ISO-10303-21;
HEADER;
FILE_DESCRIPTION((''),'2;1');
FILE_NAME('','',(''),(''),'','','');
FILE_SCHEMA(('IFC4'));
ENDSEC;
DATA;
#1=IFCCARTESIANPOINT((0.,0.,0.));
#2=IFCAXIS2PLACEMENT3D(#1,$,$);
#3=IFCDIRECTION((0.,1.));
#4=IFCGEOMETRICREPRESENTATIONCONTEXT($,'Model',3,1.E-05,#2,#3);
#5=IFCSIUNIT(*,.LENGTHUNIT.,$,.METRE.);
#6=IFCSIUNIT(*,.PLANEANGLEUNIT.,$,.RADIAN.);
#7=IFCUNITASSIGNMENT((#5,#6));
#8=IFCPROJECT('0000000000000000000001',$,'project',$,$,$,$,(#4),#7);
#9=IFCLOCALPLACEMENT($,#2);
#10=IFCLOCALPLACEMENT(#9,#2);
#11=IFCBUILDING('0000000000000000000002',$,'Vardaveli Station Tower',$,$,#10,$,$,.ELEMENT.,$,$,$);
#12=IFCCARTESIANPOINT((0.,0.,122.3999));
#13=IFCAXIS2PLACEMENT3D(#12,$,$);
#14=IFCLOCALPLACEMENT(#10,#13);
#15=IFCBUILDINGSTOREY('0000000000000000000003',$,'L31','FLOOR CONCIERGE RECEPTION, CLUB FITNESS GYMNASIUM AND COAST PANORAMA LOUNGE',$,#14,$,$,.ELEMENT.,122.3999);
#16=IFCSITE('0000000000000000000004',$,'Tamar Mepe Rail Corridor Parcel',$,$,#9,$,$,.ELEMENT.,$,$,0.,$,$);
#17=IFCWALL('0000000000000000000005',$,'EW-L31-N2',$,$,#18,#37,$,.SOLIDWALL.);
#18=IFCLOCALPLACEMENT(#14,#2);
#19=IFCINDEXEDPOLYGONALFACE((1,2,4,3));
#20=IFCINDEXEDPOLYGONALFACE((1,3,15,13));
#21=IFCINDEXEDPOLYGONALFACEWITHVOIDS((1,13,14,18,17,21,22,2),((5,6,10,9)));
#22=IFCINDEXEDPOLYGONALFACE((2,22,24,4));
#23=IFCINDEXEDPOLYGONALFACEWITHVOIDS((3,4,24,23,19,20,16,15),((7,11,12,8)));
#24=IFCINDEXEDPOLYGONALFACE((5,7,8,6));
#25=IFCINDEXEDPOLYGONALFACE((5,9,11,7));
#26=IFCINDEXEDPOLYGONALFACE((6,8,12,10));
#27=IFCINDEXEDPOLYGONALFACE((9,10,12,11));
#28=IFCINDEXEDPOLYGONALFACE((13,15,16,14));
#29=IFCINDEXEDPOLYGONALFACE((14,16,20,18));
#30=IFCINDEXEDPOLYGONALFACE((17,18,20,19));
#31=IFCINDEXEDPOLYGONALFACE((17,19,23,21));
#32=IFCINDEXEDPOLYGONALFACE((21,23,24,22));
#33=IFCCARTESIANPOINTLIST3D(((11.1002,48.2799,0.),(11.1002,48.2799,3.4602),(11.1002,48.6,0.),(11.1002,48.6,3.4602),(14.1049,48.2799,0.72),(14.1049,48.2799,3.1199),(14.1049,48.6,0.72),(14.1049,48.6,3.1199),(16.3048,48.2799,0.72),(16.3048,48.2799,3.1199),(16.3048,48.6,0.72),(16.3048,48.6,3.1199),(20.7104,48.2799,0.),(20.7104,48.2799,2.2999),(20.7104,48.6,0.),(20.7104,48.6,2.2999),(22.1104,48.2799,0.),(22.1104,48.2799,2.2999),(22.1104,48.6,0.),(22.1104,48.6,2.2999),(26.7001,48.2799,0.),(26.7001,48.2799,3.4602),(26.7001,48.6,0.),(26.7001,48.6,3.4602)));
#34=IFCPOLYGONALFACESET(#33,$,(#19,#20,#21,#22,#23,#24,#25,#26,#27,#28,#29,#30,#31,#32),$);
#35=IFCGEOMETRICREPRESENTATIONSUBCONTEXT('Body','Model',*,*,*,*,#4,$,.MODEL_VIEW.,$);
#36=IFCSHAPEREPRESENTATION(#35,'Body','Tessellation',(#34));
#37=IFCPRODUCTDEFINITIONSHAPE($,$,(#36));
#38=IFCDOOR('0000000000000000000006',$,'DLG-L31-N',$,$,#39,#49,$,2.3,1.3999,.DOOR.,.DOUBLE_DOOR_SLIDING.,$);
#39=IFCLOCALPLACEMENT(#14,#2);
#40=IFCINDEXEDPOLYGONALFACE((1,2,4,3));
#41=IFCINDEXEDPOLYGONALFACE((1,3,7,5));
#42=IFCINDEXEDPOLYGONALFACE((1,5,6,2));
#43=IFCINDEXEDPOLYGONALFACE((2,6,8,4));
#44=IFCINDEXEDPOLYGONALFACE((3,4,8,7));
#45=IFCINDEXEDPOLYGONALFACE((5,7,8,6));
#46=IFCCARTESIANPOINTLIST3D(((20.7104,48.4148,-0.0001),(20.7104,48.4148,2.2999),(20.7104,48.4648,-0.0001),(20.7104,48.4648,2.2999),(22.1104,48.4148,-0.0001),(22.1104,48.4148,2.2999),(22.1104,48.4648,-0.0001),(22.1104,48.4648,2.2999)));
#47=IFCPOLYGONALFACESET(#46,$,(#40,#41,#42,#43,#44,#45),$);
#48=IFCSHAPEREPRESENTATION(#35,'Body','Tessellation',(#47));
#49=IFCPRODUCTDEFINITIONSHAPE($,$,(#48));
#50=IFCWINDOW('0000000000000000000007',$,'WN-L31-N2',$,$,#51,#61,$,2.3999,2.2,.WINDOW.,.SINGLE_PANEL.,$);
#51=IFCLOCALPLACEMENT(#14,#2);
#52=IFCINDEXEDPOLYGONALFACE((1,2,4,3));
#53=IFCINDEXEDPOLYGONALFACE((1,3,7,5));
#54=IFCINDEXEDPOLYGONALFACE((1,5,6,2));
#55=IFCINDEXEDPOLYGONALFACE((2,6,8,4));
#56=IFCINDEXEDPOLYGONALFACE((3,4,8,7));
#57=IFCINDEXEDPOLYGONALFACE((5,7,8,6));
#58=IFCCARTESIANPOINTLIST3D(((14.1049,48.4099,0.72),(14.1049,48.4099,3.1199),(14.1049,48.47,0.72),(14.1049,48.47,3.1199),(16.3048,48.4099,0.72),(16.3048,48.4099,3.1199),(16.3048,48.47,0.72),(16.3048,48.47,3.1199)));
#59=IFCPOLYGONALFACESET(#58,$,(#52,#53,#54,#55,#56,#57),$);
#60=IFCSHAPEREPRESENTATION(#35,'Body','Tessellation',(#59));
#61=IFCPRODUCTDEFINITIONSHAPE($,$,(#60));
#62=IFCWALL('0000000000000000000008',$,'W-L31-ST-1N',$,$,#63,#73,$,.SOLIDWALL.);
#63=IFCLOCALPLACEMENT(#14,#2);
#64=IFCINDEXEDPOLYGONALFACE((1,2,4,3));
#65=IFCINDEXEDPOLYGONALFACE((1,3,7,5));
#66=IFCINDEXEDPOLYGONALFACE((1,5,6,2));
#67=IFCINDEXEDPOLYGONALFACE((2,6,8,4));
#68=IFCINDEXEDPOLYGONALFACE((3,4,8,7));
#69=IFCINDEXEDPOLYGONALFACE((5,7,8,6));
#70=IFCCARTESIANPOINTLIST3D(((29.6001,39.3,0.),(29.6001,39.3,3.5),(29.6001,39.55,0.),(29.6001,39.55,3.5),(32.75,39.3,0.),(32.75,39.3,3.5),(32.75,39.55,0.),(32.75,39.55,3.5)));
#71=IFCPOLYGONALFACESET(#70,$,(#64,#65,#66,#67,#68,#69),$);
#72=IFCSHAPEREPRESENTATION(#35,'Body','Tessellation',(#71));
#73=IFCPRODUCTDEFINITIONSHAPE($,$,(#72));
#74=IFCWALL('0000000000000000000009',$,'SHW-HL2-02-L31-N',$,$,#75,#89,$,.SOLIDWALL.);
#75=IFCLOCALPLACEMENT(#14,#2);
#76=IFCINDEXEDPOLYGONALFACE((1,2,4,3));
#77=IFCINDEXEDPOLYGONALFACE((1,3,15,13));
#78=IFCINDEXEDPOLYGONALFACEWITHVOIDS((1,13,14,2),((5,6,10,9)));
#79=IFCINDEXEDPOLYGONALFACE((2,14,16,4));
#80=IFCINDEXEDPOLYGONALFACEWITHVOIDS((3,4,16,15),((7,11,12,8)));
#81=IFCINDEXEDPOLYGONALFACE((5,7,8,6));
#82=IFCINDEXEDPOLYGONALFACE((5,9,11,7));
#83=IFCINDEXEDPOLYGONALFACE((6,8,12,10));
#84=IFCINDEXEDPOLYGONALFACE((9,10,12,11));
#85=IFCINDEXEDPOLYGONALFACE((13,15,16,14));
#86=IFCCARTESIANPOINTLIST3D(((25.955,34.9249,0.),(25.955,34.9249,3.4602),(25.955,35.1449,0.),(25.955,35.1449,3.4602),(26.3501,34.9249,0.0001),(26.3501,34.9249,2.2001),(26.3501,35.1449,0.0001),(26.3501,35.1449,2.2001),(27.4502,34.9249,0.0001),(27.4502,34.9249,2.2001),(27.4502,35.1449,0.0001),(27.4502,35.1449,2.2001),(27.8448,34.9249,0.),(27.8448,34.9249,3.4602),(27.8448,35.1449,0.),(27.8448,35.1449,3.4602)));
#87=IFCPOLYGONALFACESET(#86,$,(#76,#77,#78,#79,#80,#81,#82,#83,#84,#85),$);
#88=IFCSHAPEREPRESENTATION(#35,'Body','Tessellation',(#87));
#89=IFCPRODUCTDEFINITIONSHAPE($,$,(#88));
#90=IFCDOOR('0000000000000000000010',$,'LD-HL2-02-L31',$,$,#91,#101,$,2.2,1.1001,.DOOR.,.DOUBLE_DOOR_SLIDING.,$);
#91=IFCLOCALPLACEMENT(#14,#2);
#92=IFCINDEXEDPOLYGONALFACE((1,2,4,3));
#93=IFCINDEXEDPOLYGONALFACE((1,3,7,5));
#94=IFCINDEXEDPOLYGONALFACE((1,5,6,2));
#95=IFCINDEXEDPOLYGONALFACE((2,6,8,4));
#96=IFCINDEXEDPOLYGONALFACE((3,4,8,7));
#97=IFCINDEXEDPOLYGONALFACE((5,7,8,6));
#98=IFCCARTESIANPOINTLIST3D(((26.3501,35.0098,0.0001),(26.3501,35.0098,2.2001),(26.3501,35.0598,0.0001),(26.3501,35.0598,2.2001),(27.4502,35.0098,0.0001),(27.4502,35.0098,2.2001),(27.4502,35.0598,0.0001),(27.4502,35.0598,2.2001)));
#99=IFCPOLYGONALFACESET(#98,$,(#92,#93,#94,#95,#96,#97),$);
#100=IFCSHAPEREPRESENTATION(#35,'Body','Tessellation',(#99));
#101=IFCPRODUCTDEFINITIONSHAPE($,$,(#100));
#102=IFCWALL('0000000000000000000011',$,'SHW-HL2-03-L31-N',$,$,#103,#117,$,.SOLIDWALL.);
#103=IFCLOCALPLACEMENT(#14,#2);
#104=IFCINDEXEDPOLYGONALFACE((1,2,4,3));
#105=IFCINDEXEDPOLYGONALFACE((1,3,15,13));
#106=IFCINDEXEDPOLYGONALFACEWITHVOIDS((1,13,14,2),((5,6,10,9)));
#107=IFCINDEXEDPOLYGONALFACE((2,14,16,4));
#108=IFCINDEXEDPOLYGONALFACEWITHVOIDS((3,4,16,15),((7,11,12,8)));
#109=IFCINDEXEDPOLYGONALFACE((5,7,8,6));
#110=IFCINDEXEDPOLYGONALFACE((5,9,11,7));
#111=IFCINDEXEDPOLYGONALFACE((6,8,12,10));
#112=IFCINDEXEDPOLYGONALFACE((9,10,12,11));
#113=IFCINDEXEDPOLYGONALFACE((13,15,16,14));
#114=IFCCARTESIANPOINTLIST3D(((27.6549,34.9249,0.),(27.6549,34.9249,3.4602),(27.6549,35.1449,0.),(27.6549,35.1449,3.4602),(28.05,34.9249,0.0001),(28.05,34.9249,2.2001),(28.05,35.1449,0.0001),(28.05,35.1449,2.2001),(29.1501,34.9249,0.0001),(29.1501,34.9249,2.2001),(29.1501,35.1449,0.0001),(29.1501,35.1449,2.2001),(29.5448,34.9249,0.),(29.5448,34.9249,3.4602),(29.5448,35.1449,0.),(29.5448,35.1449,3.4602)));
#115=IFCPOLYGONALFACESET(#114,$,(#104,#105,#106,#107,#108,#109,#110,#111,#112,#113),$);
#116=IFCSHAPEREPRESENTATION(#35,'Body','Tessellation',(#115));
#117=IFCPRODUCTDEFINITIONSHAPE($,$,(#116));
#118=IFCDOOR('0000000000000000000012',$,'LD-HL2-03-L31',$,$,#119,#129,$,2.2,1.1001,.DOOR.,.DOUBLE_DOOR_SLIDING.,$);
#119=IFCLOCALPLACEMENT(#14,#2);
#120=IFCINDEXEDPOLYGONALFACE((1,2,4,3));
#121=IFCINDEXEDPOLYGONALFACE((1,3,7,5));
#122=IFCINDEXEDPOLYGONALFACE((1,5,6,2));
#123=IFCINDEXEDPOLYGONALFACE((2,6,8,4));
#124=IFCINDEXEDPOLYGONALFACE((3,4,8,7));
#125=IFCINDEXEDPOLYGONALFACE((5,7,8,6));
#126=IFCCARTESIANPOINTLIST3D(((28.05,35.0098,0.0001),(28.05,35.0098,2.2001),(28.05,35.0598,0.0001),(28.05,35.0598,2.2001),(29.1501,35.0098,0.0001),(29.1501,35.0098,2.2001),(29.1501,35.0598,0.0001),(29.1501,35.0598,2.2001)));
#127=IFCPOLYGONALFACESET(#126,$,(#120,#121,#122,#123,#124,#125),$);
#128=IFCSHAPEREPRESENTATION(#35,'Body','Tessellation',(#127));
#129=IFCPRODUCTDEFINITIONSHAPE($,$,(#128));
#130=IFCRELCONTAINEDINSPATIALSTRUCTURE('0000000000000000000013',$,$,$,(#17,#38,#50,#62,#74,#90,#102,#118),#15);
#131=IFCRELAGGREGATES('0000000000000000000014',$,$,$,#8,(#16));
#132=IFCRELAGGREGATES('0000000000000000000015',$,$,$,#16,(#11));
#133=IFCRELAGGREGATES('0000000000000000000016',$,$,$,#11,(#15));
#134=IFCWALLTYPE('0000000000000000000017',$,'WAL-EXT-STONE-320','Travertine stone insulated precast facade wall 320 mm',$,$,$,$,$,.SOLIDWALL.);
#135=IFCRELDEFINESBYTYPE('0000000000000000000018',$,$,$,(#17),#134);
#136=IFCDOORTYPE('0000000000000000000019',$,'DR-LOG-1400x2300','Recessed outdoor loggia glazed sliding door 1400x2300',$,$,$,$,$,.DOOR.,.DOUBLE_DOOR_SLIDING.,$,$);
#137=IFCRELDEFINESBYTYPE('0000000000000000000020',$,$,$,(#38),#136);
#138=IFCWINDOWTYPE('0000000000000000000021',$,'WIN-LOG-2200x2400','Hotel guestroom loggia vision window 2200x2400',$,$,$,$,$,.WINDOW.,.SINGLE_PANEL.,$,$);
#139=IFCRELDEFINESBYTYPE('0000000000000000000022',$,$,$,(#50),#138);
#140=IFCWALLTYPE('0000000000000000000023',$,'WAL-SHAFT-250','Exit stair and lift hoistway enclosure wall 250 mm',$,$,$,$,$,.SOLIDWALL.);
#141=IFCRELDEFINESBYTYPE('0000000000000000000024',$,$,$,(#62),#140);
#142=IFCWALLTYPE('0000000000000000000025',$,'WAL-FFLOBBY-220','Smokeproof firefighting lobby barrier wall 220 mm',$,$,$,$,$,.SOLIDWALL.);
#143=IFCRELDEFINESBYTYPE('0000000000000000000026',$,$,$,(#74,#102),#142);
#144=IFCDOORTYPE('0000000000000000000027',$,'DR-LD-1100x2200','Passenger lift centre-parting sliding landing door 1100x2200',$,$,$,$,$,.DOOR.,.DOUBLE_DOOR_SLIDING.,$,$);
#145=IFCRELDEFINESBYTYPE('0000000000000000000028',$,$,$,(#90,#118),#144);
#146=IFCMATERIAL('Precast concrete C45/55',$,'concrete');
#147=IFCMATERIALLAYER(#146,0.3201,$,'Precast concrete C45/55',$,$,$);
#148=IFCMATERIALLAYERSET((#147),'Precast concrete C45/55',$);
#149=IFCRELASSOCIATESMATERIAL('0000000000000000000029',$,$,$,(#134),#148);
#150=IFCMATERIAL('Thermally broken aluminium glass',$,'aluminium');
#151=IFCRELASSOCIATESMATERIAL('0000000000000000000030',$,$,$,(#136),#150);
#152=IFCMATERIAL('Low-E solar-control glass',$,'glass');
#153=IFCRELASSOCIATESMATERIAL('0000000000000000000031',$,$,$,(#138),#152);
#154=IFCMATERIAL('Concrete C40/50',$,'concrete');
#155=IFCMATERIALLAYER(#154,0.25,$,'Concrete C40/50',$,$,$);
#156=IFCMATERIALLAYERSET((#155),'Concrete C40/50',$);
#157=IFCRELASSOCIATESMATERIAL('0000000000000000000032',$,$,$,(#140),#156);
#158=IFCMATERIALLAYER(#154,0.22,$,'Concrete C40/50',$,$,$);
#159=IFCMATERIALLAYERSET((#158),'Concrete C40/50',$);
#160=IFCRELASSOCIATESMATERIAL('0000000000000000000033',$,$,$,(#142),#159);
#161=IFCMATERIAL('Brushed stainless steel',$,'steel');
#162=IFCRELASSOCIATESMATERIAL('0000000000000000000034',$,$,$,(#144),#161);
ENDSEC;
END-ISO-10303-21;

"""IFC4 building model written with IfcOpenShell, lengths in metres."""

from ifc_helpers import new_model, si_unit, direction, frame, frame_2d, origin, place, context, subcontext, project, spatial, rectangle, extrude, source, transform, mapped, material, layer, layer_set, type_object, element, fill, save


model = new_model("IFC4")

# Units and contexts
model_context = context("Model", 3, precision=1e-05, world=origin(), true_north=direction((0.0, 1.0)))
body_context = subcontext(model_context, "Body", "Model", "MODEL_VIEW")
ifc_project = project(units=[si_unit("LENGTHUNIT", "METRE"), si_unit("PLANEANGLEUNIT", "RADIAN")], contexts=[model_context])

# Site, building, storey
site_placement = place(None, origin())
site = spatial("IfcSite", under=ifc_project, at=site_placement, Name="Tamar Mepe Rail Corridor Parcel", CompositionType="ELEMENT", RefElevation=0.0)
building_placement = place(site_placement, origin())
building = spatial("IfcBuilding", under=site, at=building_placement, Name="Vardaveli Station Tower", CompositionType="ELEMENT")
storey_placement = place(building_placement, frame((0.0, 0.0, 122.3999)))
storey = spatial("IfcBuildingStorey", under=building, at=storey_placement, Name="L31", Description="FLOOR CONCIERGE RECEPTION, CLUB FITNESS GYMNASIUM AND COAST PANORAMA LOUNGE", CompositionType="ELEMENT", Elevation=122.3999)

# Shared definitions
ifc_material_1 = material(Name="Precast concrete C45/55", Category="concrete")

# Wall, openings, door, window
ifc_layer_1 = layer(ifc_material_1, 0.3201, Name="Precast concrete C45/55")
ifc_layer_set_1 = layer_set([ifc_layer_1], Name="Precast concrete C45/55")
wall_type_1 = type_object("IfcWallType", Name="WAL-EXT-STONE-320", Description="Travertine stone insulated precast facade wall 320 mm", PredefinedType="SOLIDWALL", material=ifc_layer_set_1)
shared_shape_1 = source(origin(), body_context, "Body", "SweptSolid", [
    extrude(rectangle(XDim=15.5999, YDim=0.3201, at=frame_2d((7.7998, 0.0))), origin(), (0.0, 0.0, 1.0), 3.4602),
])
wall_1_placement = place(storey_placement, frame((26.7, 48.4399, 0.0), z_axis=(0.0, 0.0, 1.0), x_axis=(-1.0, 0.0, 0.0)))
wall_1 = element("IfcWall", 1, at=wall_1_placement, inside=storey, type_object=wall_type_1, Name="EW-L31-N2", PredefinedType="SOLIDWALL", context=body_context, shape_type="MappedRepresentation", body=[
    mapped(shared_shape_1, transform((0.0, 0.0, 0.0), scale=1.0)),
])
shared_shape_2 = source(origin(), body_context, "Body", "SweptSolid", [
    extrude(rectangle(XDim=1.3999, YDim=2.3, at=frame_2d((0.7, 1.1499))), frame((0.0, 0.1699, 0.0), z_axis=(0.0, -1.0, 0.0), x_axis=(1.0, 0.0, 0.0)), (0.0, 0.0, 1.0), 0.3401),
])
opening_1_placement = place(wall_1_placement, frame((4.5896, 0.0, 0.0)))
opening_1 = element("IfcOpeningElement", 2, at=opening_1_placement, cuts=wall_1, PredefinedType="OPENING", context=body_context, shape_type="MappedRepresentation", body=[
    mapped(shared_shape_2, transform((0.0, 0.0, 0.0), scale=1.0)),
])
shared_shape_3 = source(origin(), body_context, "Body", "SweptSolid", [
    extrude(rectangle(XDim=2.2, YDim=2.3999, at=frame_2d((1.1001, 1.2))), frame((0.0, 0.1699, 0.0), z_axis=(0.0, -1.0, 0.0), x_axis=(1.0, 0.0, 0.0)), (0.0, 0.0, 1.0), 0.3401),
])
opening_2_placement = place(wall_1_placement, frame((10.395, 0.0, 0.72)))
opening_2 = element("IfcOpeningElement", 3, at=opening_2_placement, cuts=wall_1, PredefinedType="OPENING", context=body_context, shape_type="MappedRepresentation", body=[
    mapped(shared_shape_3, transform((0.0, 0.0, 0.0), scale=1.0)),
])
ifc_material_2 = material(Name="Thermally broken aluminium glass", Category="aluminium")
door_type_1 = type_object("IfcDoorType", Name="DR-LOG-1400x2300", Description="Recessed outdoor loggia glazed sliding door 1400x2300", OperationType="DOUBLE_DOOR_SLIDING", PredefinedType="DOOR", material=ifc_material_2)
shared_shape_4 = source(origin(), body_context, "Body", "SweptSolid", [
    extrude(rectangle(XDim=1.3999, YDim=2.3, at=frame_2d((0.7, 1.1499))), frame((0.0, 0.0249, 0.0), z_axis=(0.0, -1.0, 0.0), x_axis=(1.0, 0.0, 0.0)), (0.0, 0.0, 1.0), 0.05),
])
door_1_placement = place(opening_1_placement, frame((1.3999, 0.0, 0.0), z_axis=(0.0, 0.0, 1.0), x_axis=(-1.0, 0.0, 0.0)))
door_1 = element("IfcDoor", 4, at=door_1_placement, inside=storey, type_object=door_type_1, Name="DLG-L31-N", OperationType="DOUBLE_DOOR_SLIDING", OverallHeight=2.3, OverallWidth=1.3999, PredefinedType="DOOR", context=body_context, shape_type="MappedRepresentation", body=[
    mapped(shared_shape_4, transform((0.0, 0.0, 0.0), scale=1.0)),
])
fill(opening_1, door_1)
ifc_material_3 = material(Name="Low-E solar-control glass", Category="glass")
window_type = type_object("IfcWindowType", Name="WIN-LOG-2200x2400", Description="Hotel guestroom loggia vision window 2200x2400", PartitioningType="SINGLE_PANEL", PredefinedType="WINDOW", material=ifc_material_3)
shared_shape_5 = source(origin(), body_context, "Body", "SweptSolid", [
    extrude(rectangle(XDim=2.2, YDim=2.3999, at=frame_2d((1.1001, 1.2))), frame((0.0, 0.03, 0.0), z_axis=(0.0, -1.0, 0.0), x_axis=(1.0, 0.0, 0.0)), (0.0, 0.0, 1.0), 0.0601),
])
window_placement = place(opening_2_placement, origin())
window = element("IfcWindow", 5, at=window_placement, inside=storey, type_object=window_type, Name="WN-L31-N2", OverallHeight=2.3999, OverallWidth=2.2, PartitioningType="SINGLE_PANEL", PredefinedType="WINDOW", context=body_context, shape_type="MappedRepresentation", body=[
    mapped(shared_shape_5, transform((0.0, 0.0, 0.0), scale=1.0)),
])
fill(opening_2, window)

# Wall
ifc_material_4 = material(Name="Concrete C40/50", Category="concrete")
ifc_layer_2 = layer(ifc_material_4, 0.25, Name="Concrete C40/50")
ifc_layer_set_2 = layer_set([ifc_layer_2], Name="Concrete C40/50")
wall_type_2 = type_object("IfcWallType", Name="WAL-SHAFT-250", Description="Exit stair and lift hoistway enclosure wall 250 mm", PredefinedType="SOLIDWALL", material=ifc_layer_set_2)
shared_shape_6 = source(origin(), body_context, "Body", "SweptSolid", [
    extrude(rectangle(XDim=3.1499, YDim=0.25, at=frame_2d((1.575, 0.0))), origin(), (0.0, 0.0, 1.0), 3.5),
])
wall_2_placement = place(storey_placement, frame((29.6001, 39.425, 0.0), z_axis=(0.0, 0.0, 1.0), x_axis=(1.0, 0.0, 0.0)))
element("IfcWall", 6, at=wall_2_placement, inside=storey, type_object=wall_type_2, Name="W-L31-ST-1N", PredefinedType="SOLIDWALL", context=body_context, shape_type="MappedRepresentation", body=[
    mapped(shared_shape_6, transform((0.0, 0.0, 0.0), scale=1.0)),
])

# Walls, openings, doors
ifc_layer_3 = layer(ifc_material_4, 0.22, Name="Concrete C40/50")
ifc_layer_set_3 = layer_set([ifc_layer_3], Name="Concrete C40/50")
wall_type_3 = type_object("IfcWallType", Name="WAL-FFLOBBY-220", Description="Smokeproof firefighting lobby barrier wall 220 mm", PredefinedType="SOLIDWALL", material=ifc_layer_set_3)
shared_shape_7 = source(origin(), body_context, "Body", "SweptSolid", [
    extrude(rectangle(XDim=1.8899, YDim=0.22, at=frame_2d((0.9448, 0.0))), origin(), (0.0, 0.0, 1.0), 3.4602),
])
wall_3_placement = place(storey_placement, frame((25.9551, 35.0349, 0.0), z_axis=(0.0, 0.0, 1.0), x_axis=(1.0, 0.0, 0.0)))
wall_3 = element("IfcWall", 7, at=wall_3_placement, inside=storey, type_object=wall_type_3, Name="SHW-HL2-02-L31-N", PredefinedType="SOLIDWALL", context=body_context, shape_type="MappedRepresentation", body=[
    mapped(shared_shape_7, transform((0.0, 0.0, 0.0), scale=1.0)),
])
shared_shape_8 = source(origin(), body_context, "Body", "SweptSolid", [
    extrude(rectangle(XDim=1.1001, YDim=2.2, at=frame_2d((0.55, 1.1001))), frame((0.0, 0.1201, 0.0), z_axis=(0.0, -1.0, 0.0), x_axis=(1.0, 0.0, 0.0)), (0.0, 0.0, 1.0), 0.24),
])
opening_3_placement = place(wall_3_placement, frame((0.395, 0.0, 0.0)))
opening_3 = element("IfcOpeningElement", 8, at=opening_3_placement, cuts=wall_3, PredefinedType="OPENING", context=body_context, shape_type="MappedRepresentation", body=[
    mapped(shared_shape_8, transform((0.0, 0.0, 0.0), scale=1.0)),
])
ifc_material_5 = material(Name="Brushed stainless steel", Category="steel")
door_type_2 = type_object("IfcDoorType", Name="DR-LD-1100x2200", Description="Passenger lift centre-parting sliding landing door 1100x2200", OperationType="DOUBLE_DOOR_SLIDING", PredefinedType="DOOR", material=ifc_material_5)
shared_shape_9 = source(origin(), body_context, "Body", "SweptSolid", [
    extrude(rectangle(XDim=1.1001, YDim=2.2, at=frame_2d((0.55, 1.1001))), frame((0.0, 0.0249, 0.0), z_axis=(0.0, -1.0, 0.0), x_axis=(1.0, 0.0, 0.0)), (0.0, 0.0, 1.0), 0.05),
])
door_2_placement = place(opening_3_placement, origin())
door_2 = element("IfcDoor", 9, at=door_2_placement, inside=storey, type_object=door_type_2, Name="LD-HL2-02-L31", OperationType="DOUBLE_DOOR_SLIDING", OverallHeight=2.2, OverallWidth=1.1001, PredefinedType="DOOR", context=body_context, shape_type="MappedRepresentation", body=[
    mapped(shared_shape_9, transform((0.0, 0.0, 0.0), scale=1.0)),
])
fill(opening_3, door_2)
wall_4_placement = place(storey_placement, frame((27.655, 35.0349, 0.0), z_axis=(0.0, 0.0, 1.0), x_axis=(1.0, 0.0, 0.0)))
wall_4 = element("IfcWall", 10, at=wall_4_placement, inside=storey, type_object=wall_type_3, Name="SHW-HL2-03-L31-N", PredefinedType="SOLIDWALL", context=body_context, shape_type="MappedRepresentation", body=[
    mapped(shared_shape_7, transform((0.0, 0.0, 0.0), scale=1.0)),
])
opening_4_placement = place(wall_4_placement, frame((0.395, 0.0, 0.0)))
opening_4 = element("IfcOpeningElement", 11, at=opening_4_placement, cuts=wall_4, PredefinedType="OPENING", context=body_context, shape_type="MappedRepresentation", body=[
    mapped(shared_shape_8, transform((0.0, 0.0, 0.0), scale=1.0)),
])
door_3_placement = place(opening_4_placement, origin())
door_3 = element("IfcDoor", 12, at=door_3_placement, inside=storey, type_object=door_type_2, Name="LD-HL2-03-L31", OperationType="DOUBLE_DOOR_SLIDING", OverallHeight=2.2, OverallWidth=1.1001, PredefinedType="DOOR", context=body_context, shape_type="MappedRepresentation", body=[
    mapped(shared_shape_9, transform((0.0, 0.0, 0.0), scale=1.0)),
])
fill(opening_4, door_3)

save(model, "model.ifc")
